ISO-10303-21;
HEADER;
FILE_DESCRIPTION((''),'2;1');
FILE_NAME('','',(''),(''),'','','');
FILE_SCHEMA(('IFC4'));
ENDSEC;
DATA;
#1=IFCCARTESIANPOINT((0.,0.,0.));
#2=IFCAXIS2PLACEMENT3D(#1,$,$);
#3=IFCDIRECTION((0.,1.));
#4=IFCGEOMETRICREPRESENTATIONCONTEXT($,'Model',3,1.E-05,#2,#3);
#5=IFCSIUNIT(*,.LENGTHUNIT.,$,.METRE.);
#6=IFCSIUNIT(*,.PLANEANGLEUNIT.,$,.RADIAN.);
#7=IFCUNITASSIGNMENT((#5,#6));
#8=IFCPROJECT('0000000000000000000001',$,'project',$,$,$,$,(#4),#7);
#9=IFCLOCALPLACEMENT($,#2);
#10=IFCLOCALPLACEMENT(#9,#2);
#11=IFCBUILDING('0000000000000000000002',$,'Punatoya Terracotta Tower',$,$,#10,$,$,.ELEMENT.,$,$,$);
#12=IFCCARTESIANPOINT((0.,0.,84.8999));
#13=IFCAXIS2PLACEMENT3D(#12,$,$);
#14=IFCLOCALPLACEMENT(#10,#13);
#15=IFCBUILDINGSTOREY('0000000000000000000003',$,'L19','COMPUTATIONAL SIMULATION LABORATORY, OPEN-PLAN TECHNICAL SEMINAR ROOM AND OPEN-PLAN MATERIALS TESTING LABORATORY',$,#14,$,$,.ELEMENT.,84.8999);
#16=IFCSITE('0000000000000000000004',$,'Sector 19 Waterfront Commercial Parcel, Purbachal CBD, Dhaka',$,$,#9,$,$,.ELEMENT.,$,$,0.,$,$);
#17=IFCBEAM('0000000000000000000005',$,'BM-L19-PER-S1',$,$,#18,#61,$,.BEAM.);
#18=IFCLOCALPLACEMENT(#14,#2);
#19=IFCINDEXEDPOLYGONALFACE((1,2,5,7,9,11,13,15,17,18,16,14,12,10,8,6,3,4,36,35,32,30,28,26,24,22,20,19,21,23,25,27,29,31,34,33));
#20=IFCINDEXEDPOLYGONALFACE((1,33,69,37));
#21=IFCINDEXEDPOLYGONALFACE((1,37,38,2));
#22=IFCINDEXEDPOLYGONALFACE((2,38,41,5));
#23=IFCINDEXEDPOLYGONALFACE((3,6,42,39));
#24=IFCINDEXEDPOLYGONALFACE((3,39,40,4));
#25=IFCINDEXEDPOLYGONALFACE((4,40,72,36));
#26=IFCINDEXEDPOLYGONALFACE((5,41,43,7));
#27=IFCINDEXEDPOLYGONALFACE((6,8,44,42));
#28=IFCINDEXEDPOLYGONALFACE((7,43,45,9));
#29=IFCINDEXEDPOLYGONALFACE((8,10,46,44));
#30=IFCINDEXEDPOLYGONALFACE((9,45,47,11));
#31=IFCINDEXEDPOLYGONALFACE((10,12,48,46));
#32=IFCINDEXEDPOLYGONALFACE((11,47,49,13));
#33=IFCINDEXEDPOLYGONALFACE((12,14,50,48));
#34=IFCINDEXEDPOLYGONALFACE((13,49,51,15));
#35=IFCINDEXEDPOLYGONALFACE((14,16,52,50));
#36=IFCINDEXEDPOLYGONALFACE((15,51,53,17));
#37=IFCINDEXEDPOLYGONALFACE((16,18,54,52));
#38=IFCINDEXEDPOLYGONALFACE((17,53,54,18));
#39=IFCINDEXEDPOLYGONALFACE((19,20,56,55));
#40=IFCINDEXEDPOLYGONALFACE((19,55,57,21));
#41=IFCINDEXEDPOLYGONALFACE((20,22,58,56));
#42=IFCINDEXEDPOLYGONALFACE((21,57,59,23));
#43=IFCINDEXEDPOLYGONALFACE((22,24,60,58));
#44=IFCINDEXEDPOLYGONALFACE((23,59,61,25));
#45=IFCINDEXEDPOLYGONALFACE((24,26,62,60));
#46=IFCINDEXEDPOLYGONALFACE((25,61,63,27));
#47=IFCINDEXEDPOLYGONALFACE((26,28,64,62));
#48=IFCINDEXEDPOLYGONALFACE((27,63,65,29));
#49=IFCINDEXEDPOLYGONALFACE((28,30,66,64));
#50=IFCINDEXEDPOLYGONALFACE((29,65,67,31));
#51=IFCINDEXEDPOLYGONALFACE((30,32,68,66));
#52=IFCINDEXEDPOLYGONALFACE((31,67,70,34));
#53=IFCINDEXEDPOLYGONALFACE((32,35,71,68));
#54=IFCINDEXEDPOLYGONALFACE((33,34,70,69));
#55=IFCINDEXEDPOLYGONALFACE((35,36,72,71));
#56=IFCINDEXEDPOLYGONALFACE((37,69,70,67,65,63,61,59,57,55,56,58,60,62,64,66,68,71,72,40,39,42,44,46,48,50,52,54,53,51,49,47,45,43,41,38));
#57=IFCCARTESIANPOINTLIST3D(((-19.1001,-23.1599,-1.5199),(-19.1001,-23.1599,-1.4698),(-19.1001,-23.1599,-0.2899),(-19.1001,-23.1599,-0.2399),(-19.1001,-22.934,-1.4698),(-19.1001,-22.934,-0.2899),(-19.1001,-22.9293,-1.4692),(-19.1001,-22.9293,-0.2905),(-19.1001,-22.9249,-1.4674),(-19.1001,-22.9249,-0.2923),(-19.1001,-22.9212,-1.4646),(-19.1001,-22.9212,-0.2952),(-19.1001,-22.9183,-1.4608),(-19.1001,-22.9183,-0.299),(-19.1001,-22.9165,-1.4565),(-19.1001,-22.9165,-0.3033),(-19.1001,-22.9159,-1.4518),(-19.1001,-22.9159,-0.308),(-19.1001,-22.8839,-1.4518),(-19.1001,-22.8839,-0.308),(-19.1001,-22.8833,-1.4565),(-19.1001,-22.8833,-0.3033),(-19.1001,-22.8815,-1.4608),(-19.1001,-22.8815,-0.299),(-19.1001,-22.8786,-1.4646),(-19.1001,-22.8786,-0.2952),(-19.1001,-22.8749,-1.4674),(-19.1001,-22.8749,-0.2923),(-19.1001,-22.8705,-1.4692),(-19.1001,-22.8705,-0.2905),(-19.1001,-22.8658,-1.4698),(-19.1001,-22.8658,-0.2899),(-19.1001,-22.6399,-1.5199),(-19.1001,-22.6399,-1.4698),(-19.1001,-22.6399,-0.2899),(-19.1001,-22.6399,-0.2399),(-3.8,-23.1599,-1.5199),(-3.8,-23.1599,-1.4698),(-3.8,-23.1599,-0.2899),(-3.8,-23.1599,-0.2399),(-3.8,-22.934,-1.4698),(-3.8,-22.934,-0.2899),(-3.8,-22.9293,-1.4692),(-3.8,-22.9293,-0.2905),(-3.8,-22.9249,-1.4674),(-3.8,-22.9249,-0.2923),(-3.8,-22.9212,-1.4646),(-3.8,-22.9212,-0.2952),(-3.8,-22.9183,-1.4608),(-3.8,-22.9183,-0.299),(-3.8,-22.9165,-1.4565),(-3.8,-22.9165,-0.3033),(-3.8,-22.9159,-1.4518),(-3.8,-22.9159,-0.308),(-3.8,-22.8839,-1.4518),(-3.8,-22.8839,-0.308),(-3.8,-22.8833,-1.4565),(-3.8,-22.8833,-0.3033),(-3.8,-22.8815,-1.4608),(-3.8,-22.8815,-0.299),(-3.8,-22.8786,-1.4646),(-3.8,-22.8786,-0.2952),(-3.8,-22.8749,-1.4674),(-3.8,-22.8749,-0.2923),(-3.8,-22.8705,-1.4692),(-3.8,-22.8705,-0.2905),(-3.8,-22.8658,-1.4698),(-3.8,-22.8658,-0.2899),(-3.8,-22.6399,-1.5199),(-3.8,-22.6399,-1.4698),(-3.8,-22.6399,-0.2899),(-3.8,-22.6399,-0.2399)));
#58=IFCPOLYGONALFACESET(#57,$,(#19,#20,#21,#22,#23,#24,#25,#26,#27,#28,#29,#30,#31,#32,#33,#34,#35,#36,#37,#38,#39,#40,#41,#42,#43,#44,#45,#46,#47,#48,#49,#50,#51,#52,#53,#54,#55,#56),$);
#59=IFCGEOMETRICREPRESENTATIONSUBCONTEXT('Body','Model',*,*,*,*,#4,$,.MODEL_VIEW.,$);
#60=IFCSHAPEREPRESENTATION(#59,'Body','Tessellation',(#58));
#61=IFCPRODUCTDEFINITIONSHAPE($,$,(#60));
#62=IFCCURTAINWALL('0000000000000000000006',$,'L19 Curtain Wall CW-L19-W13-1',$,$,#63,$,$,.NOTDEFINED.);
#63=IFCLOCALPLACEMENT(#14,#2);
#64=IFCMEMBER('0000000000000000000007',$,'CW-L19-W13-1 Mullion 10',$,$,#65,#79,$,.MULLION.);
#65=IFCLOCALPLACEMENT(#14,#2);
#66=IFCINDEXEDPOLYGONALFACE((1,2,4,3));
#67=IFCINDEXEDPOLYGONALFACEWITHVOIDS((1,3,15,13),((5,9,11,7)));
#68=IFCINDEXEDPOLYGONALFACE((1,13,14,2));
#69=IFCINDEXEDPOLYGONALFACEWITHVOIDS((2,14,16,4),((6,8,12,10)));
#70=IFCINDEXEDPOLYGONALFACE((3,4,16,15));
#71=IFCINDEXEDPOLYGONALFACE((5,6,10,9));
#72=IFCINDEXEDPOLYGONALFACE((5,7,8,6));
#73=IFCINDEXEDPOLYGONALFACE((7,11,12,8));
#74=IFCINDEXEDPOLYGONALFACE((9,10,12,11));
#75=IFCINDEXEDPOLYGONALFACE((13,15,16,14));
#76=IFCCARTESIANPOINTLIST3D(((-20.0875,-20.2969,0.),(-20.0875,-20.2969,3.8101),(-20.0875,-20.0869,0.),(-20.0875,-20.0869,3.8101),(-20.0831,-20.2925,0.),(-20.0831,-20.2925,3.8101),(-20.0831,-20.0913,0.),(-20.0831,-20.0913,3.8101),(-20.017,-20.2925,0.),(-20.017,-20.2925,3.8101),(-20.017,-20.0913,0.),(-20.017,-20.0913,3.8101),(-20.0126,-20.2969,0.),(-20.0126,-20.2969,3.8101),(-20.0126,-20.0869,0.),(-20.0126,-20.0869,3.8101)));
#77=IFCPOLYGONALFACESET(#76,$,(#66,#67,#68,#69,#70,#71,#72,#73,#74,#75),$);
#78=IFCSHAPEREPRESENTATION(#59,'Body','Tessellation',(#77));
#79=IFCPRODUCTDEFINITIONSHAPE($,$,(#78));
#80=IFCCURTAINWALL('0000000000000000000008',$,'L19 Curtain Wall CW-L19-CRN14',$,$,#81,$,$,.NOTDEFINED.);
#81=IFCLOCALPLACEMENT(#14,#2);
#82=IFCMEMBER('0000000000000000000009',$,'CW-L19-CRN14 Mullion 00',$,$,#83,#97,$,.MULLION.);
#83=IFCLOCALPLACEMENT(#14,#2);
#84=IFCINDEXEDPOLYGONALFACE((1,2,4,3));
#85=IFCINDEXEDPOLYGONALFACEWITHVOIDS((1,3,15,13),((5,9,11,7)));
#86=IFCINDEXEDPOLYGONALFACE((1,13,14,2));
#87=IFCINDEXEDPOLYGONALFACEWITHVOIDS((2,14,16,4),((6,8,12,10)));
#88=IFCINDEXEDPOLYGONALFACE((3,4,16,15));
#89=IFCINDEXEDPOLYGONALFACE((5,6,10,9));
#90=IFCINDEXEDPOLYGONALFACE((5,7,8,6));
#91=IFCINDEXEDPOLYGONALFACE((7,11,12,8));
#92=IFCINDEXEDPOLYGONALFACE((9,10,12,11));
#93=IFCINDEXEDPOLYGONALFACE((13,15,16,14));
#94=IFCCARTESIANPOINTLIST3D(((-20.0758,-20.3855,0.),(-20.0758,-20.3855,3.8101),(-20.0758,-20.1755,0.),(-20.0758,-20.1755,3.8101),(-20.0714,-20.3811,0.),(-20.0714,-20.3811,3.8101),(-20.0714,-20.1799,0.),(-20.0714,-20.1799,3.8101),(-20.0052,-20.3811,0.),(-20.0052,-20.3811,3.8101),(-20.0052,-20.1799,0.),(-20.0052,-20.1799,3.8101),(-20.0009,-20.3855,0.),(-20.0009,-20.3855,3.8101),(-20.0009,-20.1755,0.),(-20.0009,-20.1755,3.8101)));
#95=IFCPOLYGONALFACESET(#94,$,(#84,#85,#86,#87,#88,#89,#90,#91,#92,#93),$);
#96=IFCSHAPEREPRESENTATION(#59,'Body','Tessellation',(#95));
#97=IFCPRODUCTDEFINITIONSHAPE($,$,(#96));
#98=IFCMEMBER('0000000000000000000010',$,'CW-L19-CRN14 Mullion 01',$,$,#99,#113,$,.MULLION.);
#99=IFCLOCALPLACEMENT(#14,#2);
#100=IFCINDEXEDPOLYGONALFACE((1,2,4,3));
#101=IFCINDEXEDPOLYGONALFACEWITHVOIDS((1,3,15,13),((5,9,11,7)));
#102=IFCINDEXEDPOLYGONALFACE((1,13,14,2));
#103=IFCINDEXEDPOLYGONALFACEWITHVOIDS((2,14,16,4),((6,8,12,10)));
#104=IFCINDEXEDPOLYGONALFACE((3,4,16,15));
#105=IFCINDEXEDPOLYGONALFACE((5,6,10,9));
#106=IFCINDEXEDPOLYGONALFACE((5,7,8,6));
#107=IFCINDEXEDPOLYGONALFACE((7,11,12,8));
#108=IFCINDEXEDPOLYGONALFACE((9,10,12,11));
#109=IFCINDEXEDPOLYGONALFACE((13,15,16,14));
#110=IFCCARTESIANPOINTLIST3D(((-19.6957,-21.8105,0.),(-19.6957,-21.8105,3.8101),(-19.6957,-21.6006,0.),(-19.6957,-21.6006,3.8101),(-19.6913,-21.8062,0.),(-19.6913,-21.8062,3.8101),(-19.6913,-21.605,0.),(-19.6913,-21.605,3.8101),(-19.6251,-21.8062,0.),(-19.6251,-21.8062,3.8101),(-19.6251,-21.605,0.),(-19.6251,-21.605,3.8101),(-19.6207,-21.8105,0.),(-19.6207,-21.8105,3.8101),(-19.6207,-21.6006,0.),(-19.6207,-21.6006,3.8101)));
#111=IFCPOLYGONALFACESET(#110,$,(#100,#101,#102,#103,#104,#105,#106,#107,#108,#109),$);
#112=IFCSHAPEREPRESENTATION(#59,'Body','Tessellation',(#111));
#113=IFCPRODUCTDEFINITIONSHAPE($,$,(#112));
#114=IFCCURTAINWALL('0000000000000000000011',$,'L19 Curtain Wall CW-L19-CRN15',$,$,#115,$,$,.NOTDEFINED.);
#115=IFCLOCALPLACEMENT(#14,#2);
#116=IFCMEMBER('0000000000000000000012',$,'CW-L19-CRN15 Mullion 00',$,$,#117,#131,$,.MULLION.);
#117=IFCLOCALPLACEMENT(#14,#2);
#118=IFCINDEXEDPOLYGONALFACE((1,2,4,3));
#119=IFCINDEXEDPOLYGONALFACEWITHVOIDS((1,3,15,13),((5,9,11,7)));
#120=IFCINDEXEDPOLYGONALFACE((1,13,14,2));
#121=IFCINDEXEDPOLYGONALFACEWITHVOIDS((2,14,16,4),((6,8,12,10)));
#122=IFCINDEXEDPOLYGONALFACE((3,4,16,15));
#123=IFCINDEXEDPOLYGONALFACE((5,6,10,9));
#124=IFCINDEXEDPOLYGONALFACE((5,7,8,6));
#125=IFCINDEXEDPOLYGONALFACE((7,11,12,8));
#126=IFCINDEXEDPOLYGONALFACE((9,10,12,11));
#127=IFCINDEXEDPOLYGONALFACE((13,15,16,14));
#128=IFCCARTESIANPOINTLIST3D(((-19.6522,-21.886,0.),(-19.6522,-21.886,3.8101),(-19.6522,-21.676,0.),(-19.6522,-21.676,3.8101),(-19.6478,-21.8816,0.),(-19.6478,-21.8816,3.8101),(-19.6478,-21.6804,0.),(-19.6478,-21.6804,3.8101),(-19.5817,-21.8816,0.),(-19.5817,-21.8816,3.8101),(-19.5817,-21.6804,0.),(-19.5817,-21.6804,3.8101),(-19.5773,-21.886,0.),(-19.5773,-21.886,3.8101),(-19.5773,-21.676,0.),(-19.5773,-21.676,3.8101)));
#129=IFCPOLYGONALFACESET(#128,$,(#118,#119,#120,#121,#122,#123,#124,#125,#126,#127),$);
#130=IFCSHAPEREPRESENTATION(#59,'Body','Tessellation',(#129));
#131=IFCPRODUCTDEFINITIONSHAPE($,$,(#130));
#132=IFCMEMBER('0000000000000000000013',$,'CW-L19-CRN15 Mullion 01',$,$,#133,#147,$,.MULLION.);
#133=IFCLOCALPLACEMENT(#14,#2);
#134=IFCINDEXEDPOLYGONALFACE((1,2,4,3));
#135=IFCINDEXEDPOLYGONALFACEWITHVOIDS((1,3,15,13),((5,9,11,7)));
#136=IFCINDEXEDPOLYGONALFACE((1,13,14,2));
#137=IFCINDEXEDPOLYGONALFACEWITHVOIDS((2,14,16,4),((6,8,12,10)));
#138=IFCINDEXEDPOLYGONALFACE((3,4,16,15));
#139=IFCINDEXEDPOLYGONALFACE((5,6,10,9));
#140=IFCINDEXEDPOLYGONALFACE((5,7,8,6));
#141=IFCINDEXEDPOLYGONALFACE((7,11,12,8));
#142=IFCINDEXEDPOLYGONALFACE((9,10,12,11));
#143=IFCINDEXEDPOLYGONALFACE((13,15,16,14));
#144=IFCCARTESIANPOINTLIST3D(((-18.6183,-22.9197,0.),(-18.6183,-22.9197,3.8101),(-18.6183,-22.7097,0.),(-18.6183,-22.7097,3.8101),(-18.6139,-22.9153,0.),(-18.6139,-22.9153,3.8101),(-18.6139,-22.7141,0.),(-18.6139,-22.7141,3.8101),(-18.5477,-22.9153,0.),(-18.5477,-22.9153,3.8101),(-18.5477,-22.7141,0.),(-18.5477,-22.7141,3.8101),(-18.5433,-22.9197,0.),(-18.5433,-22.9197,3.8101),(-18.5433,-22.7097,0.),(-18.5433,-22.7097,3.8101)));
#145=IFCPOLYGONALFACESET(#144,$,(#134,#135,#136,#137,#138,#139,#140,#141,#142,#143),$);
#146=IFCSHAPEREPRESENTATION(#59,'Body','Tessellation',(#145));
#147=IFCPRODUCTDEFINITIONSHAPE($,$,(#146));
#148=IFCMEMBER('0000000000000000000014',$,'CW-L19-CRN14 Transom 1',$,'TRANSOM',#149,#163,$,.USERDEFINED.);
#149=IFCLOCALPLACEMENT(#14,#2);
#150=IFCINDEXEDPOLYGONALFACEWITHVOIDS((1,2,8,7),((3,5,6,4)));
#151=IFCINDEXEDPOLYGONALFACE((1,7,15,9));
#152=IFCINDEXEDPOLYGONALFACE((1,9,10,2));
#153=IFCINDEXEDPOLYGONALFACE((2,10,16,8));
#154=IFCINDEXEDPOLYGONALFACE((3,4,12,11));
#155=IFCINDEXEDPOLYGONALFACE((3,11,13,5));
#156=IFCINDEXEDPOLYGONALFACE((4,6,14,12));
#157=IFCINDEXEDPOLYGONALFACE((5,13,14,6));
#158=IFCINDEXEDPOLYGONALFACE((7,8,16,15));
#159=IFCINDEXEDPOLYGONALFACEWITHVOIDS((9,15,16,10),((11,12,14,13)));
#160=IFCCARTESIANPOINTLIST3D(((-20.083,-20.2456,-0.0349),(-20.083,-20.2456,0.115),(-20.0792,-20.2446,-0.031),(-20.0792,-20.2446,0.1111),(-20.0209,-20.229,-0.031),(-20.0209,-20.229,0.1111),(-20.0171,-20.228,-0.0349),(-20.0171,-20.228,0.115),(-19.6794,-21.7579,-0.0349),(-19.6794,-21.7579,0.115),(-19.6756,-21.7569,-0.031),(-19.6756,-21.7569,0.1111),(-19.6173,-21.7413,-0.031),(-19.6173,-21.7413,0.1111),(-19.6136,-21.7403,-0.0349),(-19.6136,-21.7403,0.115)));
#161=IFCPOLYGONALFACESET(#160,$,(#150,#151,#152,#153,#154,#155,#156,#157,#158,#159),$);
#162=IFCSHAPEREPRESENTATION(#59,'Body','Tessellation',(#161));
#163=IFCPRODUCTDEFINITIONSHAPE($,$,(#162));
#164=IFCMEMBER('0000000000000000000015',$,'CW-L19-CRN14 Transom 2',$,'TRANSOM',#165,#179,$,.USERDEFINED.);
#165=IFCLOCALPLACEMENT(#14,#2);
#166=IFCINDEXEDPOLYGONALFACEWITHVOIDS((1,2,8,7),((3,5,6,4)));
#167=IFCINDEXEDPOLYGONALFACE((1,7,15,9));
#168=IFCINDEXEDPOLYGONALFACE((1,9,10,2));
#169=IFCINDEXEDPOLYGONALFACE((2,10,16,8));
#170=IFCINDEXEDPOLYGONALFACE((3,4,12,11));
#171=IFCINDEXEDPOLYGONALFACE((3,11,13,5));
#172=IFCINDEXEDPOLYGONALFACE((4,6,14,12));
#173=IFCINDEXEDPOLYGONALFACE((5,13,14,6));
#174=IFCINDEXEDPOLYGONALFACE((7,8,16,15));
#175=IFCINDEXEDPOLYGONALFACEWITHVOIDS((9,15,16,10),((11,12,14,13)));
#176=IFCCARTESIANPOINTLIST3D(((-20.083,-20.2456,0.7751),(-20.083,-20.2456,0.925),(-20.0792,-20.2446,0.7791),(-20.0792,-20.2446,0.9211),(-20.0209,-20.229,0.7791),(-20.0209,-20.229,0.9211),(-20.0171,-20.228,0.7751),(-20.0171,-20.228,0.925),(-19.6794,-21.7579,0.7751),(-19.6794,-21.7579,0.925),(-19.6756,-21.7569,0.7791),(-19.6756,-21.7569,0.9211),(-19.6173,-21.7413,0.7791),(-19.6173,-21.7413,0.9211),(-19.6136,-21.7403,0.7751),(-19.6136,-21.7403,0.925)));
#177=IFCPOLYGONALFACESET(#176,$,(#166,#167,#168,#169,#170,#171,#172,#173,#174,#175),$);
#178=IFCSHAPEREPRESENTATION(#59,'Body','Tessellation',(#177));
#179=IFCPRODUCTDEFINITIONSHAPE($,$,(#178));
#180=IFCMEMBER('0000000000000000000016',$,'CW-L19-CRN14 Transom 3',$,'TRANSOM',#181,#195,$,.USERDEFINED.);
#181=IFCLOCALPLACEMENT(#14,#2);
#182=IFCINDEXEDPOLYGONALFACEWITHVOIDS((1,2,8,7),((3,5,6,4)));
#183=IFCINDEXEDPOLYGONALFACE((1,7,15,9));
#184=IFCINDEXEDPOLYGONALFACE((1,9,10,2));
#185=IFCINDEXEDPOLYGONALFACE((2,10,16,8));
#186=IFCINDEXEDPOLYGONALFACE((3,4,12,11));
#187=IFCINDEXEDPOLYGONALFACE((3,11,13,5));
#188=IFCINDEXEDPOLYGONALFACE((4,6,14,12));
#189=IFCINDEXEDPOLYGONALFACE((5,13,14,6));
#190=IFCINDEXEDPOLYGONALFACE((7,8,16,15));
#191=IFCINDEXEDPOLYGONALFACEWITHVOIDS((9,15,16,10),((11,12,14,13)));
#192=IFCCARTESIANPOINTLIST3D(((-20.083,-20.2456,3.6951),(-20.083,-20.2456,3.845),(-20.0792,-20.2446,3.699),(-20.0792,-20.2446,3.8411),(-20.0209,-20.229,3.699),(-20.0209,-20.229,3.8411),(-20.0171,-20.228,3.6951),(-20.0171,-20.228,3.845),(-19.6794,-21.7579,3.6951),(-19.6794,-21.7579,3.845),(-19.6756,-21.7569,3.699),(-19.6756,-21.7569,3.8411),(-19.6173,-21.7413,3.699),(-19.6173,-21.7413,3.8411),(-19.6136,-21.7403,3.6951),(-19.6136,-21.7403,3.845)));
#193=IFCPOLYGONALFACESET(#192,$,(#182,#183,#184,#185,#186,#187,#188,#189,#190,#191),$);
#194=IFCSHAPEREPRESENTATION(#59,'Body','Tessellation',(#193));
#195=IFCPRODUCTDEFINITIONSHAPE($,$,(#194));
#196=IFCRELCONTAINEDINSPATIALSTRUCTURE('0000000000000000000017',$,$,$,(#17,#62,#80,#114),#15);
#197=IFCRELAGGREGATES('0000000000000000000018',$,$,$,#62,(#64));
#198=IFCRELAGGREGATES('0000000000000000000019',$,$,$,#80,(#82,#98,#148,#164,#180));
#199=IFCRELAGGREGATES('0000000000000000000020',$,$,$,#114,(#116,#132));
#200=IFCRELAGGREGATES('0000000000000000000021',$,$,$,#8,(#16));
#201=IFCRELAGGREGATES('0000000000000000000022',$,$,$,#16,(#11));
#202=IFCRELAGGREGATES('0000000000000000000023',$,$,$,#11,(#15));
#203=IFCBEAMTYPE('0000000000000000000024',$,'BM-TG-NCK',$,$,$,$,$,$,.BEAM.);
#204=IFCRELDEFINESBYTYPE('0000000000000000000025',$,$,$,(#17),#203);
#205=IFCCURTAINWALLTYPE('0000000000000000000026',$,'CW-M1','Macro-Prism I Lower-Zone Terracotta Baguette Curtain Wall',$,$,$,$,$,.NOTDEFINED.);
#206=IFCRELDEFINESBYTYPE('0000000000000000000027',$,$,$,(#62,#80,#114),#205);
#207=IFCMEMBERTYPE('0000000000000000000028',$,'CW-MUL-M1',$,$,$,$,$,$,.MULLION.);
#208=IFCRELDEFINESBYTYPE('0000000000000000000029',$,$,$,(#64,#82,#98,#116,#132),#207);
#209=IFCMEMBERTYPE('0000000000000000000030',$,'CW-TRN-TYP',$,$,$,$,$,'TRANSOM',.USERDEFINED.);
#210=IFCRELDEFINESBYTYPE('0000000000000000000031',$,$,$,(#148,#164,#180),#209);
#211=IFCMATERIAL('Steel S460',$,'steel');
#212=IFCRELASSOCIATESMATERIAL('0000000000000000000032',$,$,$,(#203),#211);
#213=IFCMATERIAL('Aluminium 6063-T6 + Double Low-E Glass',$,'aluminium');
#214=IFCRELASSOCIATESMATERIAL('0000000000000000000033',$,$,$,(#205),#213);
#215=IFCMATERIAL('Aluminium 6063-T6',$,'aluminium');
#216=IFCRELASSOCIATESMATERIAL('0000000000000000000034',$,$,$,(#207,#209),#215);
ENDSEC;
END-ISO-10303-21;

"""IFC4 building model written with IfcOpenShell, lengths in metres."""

from ifc_helpers import new_model, si_unit, direction, frame, origin, origin_2d, place, context, subcontext, project, spatial, hollow_rectangle, i_section, extrude, material, material_profile, profile_set, type_object, element, aggregate, save


model = new_model("IFC4")

# Units and contexts
model_context = context("Model", 3, precision=1e-05, world=origin(), true_north=direction((0.0, 1.0)))
body_context = subcontext(model_context, "Body", "Model", "MODEL_VIEW")
ifc_project = project(units=[si_unit("LENGTHUNIT", "METRE"), si_unit("PLANEANGLEUNIT", "RADIAN")], contexts=[model_context])

# Site, building, storey
site_placement = place(None, origin())
site = spatial("IfcSite", under=ifc_project, at=site_placement, Name="Sector 19 Waterfront Commercial Parcel, Purbachal CBD, Dhaka", CompositionType="ELEMENT", RefElevation=0.0)
building_placement = place(site_placement, origin())
building = spatial("IfcBuilding", under=site, at=building_placement, Name="Punatoya Terracotta Tower", CompositionType="ELEMENT")
storey_placement = place(building_placement, frame((0.0, 0.0, 84.8999)))
storey = spatial("IfcBuildingStorey", under=building, at=storey_placement, Name="L19", Description="COMPUTATIONAL SIMULATION LABORATORY, OPEN-PLAN TECHNICAL SEMINAR ROOM AND OPEN-PLAN MATERIALS TESTING LABORATORY", CompositionType="ELEMENT", Elevation=84.8999)

# Shared definitions
ifc_material_1 = material(Name="Steel S460", Category="steel")

# Beam
ifc_material_profile_1 = material_profile(ifc_material_1, i_section(OverallWidth=0.52, OverallDepth=1.28, WebThickness=0.032, FlangeThickness=0.05, FilletRadius=0.0181, at=origin_2d()))
ifc_profile_set_1 = profile_set([ifc_material_profile_1], Name="Steel S460")
beam_type_1 = type_object("IfcBeamType", Name="BM-TG-NCK", PredefinedType="BEAM", material=ifc_profile_set_1)
beam_1_placement = place(storey_placement, frame((-19.1001, -22.8999, -0.8799), z_axis=(1.0, 0.0, 0.0), x_axis=(0.0, 1.0, 0.0)))
element("IfcBeam", 1, at=beam_1_placement, inside=storey, type_object=beam_type_1, Name="BM-L19-PER-S1", PredefinedType="BEAM", context=body_context, shape_type="SweptSolid", body=[
    extrude(i_section(OverallWidth=0.52, OverallDepth=1.28, WebThickness=0.032, FlangeThickness=0.05, FilletRadius=0.0181, at=origin_2d()), origin(), (0.0, 0.0, 1.0), 15.3),
])

# Curtain wall, member
ifc_material_2 = material(Name="Aluminium 6063-T6 + Double Low-E Glass", Category="aluminium")
curtain_wall_type = type_object("IfcCurtainWallType", Name="CW-M1", Description="Macro-Prism I Lower-Zone Terracotta Baguette Curtain Wall", PredefinedType="NOTDEFINED", material=ifc_material_2)
curtain_wall_1_placement = place(storey_placement, origin())
curtain_wall_1 = element("IfcCurtainWall", 2, at=curtain_wall_1_placement, inside=storey, type_object=curtain_wall_type, Name="L19 Curtain Wall CW-L19-W13-1", PredefinedType="NOTDEFINED")
ifc_material_3 = material(Name="Aluminium 6063-T6", Category="aluminium")
ifc_material_profile_2 = material_profile(ifc_material_3, hollow_rectangle(XDim=0.075, YDim=0.21, WallThickness=0.0044, at=origin_2d()))
ifc_profile_set_2 = profile_set([ifc_material_profile_2], Name="Aluminium 6063-T6")
member_type_1 = type_object("IfcMemberType", Name="CW-MUL-M1", PredefinedType="MULLION", material=ifc_profile_set_2)
member_1_placement = place(storey_placement, frame((-20.05, -20.1919, 0.0), z_axis=(0.0, 0.0, 1.0), x_axis=(1.0, 0.0, 0.0)))
member_1 = element("IfcMember", 3, at=member_1_placement, type_object=member_type_1, Name="CW-L19-W13-1 Mullion 10", PredefinedType="MULLION", context=body_context, shape_type="SweptSolid", body=[
    extrude(hollow_rectangle(XDim=0.075, YDim=0.21, WallThickness=0.0044, at=origin_2d()), origin(), (0.0, 0.0, 1.0), 3.8101),
])

# Curtain walls, members
curtain_wall_2_placement = place(storey_placement, origin())
curtain_wall_2 = element("IfcCurtainWall", 4, at=curtain_wall_2_placement, inside=storey, type_object=curtain_wall_type, Name="L19 Curtain Wall CW-L19-CRN14", PredefinedType="NOTDEFINED")
member_2_placement = place(storey_placement, frame((-20.0383, -20.2805, 0.0), z_axis=(0.0, 0.0, 1.0), x_axis=(1.0, 0.0, 0.0)))
member_2 = element("IfcMember", 5, at=member_2_placement, type_object=member_type_1, Name="CW-L19-CRN14 Mullion 00", PredefinedType="MULLION", context=body_context, shape_type="SweptSolid", body=[
    extrude(hollow_rectangle(XDim=0.075, YDim=0.21, WallThickness=0.0044, at=origin_2d()), origin(), (0.0, 0.0, 1.0), 3.8101),
])
member_3_placement = place(storey_placement, frame((-19.6582, -21.7056, 0.0), z_axis=(0.0, 0.0, 1.0), x_axis=(1.0, 0.0, 0.0)))
member_3 = element("IfcMember", 6, at=member_3_placement, type_object=member_type_1, Name="CW-L19-CRN14 Mullion 01", PredefinedType="MULLION", context=body_context, shape_type="SweptSolid", body=[
    extrude(hollow_rectangle(XDim=0.075, YDim=0.21, WallThickness=0.0044, at=origin_2d()), origin(), (0.0, 0.0, 1.0), 3.8101),
])
curtain_wall_3_placement = place(storey_placement, origin())
curtain_wall_3 = element("IfcCurtainWall", 7, at=curtain_wall_3_placement, inside=storey, type_object=curtain_wall_type, Name="L19 Curtain Wall CW-L19-CRN15", PredefinedType="NOTDEFINED")
member_4_placement = place(storey_placement, frame((-19.6147, -21.781, 0.0), z_axis=(0.0, 0.0, 1.0), x_axis=(1.0, 0.0, 0.0)))
member_4 = element("IfcMember", 8, at=member_4_placement, type_object=member_type_1, Name="CW-L19-CRN15 Mullion 00", PredefinedType="MULLION", context=body_context, shape_type="SweptSolid", body=[
    extrude(hollow_rectangle(XDim=0.075, YDim=0.21, WallThickness=0.0044, at=origin_2d()), origin(), (0.0, 0.0, 1.0), 3.8101),
])
member_5_placement = place(storey_placement, frame((-18.5808, -22.8147, 0.0), z_axis=(0.0, 0.0, 1.0), x_axis=(1.0, 0.0, 0.0)))
member_5 = element("IfcMember", 9, at=member_5_placement, type_object=member_type_1, Name="CW-L19-CRN15 Mullion 01", PredefinedType="MULLION", context=body_context, shape_type="SweptSolid", body=[
    extrude(hollow_rectangle(XDim=0.075, YDim=0.21, WallThickness=0.0044, at=origin_2d()), origin(), (0.0, 0.0, 1.0), 3.8101),
])

# Members
ifc_material_profile_3 = material_profile(ifc_material_3, hollow_rectangle(XDim=0.0681, YDim=0.1499, WallThickness=0.0039, at=origin_2d()))
ifc_profile_set_3 = profile_set([ifc_material_profile_3], Name="Aluminium 6063-T6")
member_type_2 = type_object("IfcMemberType", Name="CW-TRN-TYP", ElementType="TRANSOM", PredefinedType="USERDEFINED", material=ifc_profile_set_3)
member_6_placement = place(storey_placement, frame((-20.05, -20.2368, 0.04), z_axis=(0.257847, -0.966186, 0.0), x_axis=(0.966186, 0.257847, 0.0)))
member_6 = element("IfcMember", 10, at=member_6_placement, type_object=member_type_2, Name="CW-L19-CRN14 Transom 1", ObjectType="TRANSOM", PredefinedType="USERDEFINED", context=body_context, shape_type="SweptSolid", body=[
    extrude(hollow_rectangle(XDim=0.0681, YDim=0.1499, WallThickness=0.0039, at=origin_2d()), origin(), (0.0, 0.0, 1.0), 1.5652),
])
member_7_placement = place(storey_placement, frame((-20.05, -20.2368, 0.8501), z_axis=(0.257847, -0.966186, 0.0), x_axis=(0.966186, 0.257847, 0.0)))
member_7 = element("IfcMember", 11, at=member_7_placement, type_object=member_type_2, Name="CW-L19-CRN14 Transom 2", ObjectType="TRANSOM", PredefinedType="USERDEFINED", context=body_context, shape_type="SweptSolid", body=[
    extrude(hollow_rectangle(XDim=0.0681, YDim=0.1499, WallThickness=0.0039, at=origin_2d()), origin(), (0.0, 0.0, 1.0), 1.5652),
])
member_8_placement = place(storey_placement, frame((-20.05, -20.2368, 3.77), z_axis=(0.257847, -0.966186, 0.0), x_axis=(0.966186, 0.257847, 0.0)))
member_8 = element("IfcMember", 12, at=member_8_placement, type_object=member_type_2, Name="CW-L19-CRN14 Transom 3", ObjectType="TRANSOM", PredefinedType="USERDEFINED", context=body_context, shape_type="SweptSolid", body=[
    extrude(hollow_rectangle(XDim=0.0681, YDim=0.1499, WallThickness=0.0039, at=origin_2d()), origin(), (0.0, 0.0, 1.0), 1.5652),
])

aggregate(curtain_wall_1, [member_1])
aggregate(curtain_wall_2, [member_2, member_3, member_6, member_7, member_8])
aggregate(curtain_wall_3, [member_4, member_5])

save(model, "model.ifc")
